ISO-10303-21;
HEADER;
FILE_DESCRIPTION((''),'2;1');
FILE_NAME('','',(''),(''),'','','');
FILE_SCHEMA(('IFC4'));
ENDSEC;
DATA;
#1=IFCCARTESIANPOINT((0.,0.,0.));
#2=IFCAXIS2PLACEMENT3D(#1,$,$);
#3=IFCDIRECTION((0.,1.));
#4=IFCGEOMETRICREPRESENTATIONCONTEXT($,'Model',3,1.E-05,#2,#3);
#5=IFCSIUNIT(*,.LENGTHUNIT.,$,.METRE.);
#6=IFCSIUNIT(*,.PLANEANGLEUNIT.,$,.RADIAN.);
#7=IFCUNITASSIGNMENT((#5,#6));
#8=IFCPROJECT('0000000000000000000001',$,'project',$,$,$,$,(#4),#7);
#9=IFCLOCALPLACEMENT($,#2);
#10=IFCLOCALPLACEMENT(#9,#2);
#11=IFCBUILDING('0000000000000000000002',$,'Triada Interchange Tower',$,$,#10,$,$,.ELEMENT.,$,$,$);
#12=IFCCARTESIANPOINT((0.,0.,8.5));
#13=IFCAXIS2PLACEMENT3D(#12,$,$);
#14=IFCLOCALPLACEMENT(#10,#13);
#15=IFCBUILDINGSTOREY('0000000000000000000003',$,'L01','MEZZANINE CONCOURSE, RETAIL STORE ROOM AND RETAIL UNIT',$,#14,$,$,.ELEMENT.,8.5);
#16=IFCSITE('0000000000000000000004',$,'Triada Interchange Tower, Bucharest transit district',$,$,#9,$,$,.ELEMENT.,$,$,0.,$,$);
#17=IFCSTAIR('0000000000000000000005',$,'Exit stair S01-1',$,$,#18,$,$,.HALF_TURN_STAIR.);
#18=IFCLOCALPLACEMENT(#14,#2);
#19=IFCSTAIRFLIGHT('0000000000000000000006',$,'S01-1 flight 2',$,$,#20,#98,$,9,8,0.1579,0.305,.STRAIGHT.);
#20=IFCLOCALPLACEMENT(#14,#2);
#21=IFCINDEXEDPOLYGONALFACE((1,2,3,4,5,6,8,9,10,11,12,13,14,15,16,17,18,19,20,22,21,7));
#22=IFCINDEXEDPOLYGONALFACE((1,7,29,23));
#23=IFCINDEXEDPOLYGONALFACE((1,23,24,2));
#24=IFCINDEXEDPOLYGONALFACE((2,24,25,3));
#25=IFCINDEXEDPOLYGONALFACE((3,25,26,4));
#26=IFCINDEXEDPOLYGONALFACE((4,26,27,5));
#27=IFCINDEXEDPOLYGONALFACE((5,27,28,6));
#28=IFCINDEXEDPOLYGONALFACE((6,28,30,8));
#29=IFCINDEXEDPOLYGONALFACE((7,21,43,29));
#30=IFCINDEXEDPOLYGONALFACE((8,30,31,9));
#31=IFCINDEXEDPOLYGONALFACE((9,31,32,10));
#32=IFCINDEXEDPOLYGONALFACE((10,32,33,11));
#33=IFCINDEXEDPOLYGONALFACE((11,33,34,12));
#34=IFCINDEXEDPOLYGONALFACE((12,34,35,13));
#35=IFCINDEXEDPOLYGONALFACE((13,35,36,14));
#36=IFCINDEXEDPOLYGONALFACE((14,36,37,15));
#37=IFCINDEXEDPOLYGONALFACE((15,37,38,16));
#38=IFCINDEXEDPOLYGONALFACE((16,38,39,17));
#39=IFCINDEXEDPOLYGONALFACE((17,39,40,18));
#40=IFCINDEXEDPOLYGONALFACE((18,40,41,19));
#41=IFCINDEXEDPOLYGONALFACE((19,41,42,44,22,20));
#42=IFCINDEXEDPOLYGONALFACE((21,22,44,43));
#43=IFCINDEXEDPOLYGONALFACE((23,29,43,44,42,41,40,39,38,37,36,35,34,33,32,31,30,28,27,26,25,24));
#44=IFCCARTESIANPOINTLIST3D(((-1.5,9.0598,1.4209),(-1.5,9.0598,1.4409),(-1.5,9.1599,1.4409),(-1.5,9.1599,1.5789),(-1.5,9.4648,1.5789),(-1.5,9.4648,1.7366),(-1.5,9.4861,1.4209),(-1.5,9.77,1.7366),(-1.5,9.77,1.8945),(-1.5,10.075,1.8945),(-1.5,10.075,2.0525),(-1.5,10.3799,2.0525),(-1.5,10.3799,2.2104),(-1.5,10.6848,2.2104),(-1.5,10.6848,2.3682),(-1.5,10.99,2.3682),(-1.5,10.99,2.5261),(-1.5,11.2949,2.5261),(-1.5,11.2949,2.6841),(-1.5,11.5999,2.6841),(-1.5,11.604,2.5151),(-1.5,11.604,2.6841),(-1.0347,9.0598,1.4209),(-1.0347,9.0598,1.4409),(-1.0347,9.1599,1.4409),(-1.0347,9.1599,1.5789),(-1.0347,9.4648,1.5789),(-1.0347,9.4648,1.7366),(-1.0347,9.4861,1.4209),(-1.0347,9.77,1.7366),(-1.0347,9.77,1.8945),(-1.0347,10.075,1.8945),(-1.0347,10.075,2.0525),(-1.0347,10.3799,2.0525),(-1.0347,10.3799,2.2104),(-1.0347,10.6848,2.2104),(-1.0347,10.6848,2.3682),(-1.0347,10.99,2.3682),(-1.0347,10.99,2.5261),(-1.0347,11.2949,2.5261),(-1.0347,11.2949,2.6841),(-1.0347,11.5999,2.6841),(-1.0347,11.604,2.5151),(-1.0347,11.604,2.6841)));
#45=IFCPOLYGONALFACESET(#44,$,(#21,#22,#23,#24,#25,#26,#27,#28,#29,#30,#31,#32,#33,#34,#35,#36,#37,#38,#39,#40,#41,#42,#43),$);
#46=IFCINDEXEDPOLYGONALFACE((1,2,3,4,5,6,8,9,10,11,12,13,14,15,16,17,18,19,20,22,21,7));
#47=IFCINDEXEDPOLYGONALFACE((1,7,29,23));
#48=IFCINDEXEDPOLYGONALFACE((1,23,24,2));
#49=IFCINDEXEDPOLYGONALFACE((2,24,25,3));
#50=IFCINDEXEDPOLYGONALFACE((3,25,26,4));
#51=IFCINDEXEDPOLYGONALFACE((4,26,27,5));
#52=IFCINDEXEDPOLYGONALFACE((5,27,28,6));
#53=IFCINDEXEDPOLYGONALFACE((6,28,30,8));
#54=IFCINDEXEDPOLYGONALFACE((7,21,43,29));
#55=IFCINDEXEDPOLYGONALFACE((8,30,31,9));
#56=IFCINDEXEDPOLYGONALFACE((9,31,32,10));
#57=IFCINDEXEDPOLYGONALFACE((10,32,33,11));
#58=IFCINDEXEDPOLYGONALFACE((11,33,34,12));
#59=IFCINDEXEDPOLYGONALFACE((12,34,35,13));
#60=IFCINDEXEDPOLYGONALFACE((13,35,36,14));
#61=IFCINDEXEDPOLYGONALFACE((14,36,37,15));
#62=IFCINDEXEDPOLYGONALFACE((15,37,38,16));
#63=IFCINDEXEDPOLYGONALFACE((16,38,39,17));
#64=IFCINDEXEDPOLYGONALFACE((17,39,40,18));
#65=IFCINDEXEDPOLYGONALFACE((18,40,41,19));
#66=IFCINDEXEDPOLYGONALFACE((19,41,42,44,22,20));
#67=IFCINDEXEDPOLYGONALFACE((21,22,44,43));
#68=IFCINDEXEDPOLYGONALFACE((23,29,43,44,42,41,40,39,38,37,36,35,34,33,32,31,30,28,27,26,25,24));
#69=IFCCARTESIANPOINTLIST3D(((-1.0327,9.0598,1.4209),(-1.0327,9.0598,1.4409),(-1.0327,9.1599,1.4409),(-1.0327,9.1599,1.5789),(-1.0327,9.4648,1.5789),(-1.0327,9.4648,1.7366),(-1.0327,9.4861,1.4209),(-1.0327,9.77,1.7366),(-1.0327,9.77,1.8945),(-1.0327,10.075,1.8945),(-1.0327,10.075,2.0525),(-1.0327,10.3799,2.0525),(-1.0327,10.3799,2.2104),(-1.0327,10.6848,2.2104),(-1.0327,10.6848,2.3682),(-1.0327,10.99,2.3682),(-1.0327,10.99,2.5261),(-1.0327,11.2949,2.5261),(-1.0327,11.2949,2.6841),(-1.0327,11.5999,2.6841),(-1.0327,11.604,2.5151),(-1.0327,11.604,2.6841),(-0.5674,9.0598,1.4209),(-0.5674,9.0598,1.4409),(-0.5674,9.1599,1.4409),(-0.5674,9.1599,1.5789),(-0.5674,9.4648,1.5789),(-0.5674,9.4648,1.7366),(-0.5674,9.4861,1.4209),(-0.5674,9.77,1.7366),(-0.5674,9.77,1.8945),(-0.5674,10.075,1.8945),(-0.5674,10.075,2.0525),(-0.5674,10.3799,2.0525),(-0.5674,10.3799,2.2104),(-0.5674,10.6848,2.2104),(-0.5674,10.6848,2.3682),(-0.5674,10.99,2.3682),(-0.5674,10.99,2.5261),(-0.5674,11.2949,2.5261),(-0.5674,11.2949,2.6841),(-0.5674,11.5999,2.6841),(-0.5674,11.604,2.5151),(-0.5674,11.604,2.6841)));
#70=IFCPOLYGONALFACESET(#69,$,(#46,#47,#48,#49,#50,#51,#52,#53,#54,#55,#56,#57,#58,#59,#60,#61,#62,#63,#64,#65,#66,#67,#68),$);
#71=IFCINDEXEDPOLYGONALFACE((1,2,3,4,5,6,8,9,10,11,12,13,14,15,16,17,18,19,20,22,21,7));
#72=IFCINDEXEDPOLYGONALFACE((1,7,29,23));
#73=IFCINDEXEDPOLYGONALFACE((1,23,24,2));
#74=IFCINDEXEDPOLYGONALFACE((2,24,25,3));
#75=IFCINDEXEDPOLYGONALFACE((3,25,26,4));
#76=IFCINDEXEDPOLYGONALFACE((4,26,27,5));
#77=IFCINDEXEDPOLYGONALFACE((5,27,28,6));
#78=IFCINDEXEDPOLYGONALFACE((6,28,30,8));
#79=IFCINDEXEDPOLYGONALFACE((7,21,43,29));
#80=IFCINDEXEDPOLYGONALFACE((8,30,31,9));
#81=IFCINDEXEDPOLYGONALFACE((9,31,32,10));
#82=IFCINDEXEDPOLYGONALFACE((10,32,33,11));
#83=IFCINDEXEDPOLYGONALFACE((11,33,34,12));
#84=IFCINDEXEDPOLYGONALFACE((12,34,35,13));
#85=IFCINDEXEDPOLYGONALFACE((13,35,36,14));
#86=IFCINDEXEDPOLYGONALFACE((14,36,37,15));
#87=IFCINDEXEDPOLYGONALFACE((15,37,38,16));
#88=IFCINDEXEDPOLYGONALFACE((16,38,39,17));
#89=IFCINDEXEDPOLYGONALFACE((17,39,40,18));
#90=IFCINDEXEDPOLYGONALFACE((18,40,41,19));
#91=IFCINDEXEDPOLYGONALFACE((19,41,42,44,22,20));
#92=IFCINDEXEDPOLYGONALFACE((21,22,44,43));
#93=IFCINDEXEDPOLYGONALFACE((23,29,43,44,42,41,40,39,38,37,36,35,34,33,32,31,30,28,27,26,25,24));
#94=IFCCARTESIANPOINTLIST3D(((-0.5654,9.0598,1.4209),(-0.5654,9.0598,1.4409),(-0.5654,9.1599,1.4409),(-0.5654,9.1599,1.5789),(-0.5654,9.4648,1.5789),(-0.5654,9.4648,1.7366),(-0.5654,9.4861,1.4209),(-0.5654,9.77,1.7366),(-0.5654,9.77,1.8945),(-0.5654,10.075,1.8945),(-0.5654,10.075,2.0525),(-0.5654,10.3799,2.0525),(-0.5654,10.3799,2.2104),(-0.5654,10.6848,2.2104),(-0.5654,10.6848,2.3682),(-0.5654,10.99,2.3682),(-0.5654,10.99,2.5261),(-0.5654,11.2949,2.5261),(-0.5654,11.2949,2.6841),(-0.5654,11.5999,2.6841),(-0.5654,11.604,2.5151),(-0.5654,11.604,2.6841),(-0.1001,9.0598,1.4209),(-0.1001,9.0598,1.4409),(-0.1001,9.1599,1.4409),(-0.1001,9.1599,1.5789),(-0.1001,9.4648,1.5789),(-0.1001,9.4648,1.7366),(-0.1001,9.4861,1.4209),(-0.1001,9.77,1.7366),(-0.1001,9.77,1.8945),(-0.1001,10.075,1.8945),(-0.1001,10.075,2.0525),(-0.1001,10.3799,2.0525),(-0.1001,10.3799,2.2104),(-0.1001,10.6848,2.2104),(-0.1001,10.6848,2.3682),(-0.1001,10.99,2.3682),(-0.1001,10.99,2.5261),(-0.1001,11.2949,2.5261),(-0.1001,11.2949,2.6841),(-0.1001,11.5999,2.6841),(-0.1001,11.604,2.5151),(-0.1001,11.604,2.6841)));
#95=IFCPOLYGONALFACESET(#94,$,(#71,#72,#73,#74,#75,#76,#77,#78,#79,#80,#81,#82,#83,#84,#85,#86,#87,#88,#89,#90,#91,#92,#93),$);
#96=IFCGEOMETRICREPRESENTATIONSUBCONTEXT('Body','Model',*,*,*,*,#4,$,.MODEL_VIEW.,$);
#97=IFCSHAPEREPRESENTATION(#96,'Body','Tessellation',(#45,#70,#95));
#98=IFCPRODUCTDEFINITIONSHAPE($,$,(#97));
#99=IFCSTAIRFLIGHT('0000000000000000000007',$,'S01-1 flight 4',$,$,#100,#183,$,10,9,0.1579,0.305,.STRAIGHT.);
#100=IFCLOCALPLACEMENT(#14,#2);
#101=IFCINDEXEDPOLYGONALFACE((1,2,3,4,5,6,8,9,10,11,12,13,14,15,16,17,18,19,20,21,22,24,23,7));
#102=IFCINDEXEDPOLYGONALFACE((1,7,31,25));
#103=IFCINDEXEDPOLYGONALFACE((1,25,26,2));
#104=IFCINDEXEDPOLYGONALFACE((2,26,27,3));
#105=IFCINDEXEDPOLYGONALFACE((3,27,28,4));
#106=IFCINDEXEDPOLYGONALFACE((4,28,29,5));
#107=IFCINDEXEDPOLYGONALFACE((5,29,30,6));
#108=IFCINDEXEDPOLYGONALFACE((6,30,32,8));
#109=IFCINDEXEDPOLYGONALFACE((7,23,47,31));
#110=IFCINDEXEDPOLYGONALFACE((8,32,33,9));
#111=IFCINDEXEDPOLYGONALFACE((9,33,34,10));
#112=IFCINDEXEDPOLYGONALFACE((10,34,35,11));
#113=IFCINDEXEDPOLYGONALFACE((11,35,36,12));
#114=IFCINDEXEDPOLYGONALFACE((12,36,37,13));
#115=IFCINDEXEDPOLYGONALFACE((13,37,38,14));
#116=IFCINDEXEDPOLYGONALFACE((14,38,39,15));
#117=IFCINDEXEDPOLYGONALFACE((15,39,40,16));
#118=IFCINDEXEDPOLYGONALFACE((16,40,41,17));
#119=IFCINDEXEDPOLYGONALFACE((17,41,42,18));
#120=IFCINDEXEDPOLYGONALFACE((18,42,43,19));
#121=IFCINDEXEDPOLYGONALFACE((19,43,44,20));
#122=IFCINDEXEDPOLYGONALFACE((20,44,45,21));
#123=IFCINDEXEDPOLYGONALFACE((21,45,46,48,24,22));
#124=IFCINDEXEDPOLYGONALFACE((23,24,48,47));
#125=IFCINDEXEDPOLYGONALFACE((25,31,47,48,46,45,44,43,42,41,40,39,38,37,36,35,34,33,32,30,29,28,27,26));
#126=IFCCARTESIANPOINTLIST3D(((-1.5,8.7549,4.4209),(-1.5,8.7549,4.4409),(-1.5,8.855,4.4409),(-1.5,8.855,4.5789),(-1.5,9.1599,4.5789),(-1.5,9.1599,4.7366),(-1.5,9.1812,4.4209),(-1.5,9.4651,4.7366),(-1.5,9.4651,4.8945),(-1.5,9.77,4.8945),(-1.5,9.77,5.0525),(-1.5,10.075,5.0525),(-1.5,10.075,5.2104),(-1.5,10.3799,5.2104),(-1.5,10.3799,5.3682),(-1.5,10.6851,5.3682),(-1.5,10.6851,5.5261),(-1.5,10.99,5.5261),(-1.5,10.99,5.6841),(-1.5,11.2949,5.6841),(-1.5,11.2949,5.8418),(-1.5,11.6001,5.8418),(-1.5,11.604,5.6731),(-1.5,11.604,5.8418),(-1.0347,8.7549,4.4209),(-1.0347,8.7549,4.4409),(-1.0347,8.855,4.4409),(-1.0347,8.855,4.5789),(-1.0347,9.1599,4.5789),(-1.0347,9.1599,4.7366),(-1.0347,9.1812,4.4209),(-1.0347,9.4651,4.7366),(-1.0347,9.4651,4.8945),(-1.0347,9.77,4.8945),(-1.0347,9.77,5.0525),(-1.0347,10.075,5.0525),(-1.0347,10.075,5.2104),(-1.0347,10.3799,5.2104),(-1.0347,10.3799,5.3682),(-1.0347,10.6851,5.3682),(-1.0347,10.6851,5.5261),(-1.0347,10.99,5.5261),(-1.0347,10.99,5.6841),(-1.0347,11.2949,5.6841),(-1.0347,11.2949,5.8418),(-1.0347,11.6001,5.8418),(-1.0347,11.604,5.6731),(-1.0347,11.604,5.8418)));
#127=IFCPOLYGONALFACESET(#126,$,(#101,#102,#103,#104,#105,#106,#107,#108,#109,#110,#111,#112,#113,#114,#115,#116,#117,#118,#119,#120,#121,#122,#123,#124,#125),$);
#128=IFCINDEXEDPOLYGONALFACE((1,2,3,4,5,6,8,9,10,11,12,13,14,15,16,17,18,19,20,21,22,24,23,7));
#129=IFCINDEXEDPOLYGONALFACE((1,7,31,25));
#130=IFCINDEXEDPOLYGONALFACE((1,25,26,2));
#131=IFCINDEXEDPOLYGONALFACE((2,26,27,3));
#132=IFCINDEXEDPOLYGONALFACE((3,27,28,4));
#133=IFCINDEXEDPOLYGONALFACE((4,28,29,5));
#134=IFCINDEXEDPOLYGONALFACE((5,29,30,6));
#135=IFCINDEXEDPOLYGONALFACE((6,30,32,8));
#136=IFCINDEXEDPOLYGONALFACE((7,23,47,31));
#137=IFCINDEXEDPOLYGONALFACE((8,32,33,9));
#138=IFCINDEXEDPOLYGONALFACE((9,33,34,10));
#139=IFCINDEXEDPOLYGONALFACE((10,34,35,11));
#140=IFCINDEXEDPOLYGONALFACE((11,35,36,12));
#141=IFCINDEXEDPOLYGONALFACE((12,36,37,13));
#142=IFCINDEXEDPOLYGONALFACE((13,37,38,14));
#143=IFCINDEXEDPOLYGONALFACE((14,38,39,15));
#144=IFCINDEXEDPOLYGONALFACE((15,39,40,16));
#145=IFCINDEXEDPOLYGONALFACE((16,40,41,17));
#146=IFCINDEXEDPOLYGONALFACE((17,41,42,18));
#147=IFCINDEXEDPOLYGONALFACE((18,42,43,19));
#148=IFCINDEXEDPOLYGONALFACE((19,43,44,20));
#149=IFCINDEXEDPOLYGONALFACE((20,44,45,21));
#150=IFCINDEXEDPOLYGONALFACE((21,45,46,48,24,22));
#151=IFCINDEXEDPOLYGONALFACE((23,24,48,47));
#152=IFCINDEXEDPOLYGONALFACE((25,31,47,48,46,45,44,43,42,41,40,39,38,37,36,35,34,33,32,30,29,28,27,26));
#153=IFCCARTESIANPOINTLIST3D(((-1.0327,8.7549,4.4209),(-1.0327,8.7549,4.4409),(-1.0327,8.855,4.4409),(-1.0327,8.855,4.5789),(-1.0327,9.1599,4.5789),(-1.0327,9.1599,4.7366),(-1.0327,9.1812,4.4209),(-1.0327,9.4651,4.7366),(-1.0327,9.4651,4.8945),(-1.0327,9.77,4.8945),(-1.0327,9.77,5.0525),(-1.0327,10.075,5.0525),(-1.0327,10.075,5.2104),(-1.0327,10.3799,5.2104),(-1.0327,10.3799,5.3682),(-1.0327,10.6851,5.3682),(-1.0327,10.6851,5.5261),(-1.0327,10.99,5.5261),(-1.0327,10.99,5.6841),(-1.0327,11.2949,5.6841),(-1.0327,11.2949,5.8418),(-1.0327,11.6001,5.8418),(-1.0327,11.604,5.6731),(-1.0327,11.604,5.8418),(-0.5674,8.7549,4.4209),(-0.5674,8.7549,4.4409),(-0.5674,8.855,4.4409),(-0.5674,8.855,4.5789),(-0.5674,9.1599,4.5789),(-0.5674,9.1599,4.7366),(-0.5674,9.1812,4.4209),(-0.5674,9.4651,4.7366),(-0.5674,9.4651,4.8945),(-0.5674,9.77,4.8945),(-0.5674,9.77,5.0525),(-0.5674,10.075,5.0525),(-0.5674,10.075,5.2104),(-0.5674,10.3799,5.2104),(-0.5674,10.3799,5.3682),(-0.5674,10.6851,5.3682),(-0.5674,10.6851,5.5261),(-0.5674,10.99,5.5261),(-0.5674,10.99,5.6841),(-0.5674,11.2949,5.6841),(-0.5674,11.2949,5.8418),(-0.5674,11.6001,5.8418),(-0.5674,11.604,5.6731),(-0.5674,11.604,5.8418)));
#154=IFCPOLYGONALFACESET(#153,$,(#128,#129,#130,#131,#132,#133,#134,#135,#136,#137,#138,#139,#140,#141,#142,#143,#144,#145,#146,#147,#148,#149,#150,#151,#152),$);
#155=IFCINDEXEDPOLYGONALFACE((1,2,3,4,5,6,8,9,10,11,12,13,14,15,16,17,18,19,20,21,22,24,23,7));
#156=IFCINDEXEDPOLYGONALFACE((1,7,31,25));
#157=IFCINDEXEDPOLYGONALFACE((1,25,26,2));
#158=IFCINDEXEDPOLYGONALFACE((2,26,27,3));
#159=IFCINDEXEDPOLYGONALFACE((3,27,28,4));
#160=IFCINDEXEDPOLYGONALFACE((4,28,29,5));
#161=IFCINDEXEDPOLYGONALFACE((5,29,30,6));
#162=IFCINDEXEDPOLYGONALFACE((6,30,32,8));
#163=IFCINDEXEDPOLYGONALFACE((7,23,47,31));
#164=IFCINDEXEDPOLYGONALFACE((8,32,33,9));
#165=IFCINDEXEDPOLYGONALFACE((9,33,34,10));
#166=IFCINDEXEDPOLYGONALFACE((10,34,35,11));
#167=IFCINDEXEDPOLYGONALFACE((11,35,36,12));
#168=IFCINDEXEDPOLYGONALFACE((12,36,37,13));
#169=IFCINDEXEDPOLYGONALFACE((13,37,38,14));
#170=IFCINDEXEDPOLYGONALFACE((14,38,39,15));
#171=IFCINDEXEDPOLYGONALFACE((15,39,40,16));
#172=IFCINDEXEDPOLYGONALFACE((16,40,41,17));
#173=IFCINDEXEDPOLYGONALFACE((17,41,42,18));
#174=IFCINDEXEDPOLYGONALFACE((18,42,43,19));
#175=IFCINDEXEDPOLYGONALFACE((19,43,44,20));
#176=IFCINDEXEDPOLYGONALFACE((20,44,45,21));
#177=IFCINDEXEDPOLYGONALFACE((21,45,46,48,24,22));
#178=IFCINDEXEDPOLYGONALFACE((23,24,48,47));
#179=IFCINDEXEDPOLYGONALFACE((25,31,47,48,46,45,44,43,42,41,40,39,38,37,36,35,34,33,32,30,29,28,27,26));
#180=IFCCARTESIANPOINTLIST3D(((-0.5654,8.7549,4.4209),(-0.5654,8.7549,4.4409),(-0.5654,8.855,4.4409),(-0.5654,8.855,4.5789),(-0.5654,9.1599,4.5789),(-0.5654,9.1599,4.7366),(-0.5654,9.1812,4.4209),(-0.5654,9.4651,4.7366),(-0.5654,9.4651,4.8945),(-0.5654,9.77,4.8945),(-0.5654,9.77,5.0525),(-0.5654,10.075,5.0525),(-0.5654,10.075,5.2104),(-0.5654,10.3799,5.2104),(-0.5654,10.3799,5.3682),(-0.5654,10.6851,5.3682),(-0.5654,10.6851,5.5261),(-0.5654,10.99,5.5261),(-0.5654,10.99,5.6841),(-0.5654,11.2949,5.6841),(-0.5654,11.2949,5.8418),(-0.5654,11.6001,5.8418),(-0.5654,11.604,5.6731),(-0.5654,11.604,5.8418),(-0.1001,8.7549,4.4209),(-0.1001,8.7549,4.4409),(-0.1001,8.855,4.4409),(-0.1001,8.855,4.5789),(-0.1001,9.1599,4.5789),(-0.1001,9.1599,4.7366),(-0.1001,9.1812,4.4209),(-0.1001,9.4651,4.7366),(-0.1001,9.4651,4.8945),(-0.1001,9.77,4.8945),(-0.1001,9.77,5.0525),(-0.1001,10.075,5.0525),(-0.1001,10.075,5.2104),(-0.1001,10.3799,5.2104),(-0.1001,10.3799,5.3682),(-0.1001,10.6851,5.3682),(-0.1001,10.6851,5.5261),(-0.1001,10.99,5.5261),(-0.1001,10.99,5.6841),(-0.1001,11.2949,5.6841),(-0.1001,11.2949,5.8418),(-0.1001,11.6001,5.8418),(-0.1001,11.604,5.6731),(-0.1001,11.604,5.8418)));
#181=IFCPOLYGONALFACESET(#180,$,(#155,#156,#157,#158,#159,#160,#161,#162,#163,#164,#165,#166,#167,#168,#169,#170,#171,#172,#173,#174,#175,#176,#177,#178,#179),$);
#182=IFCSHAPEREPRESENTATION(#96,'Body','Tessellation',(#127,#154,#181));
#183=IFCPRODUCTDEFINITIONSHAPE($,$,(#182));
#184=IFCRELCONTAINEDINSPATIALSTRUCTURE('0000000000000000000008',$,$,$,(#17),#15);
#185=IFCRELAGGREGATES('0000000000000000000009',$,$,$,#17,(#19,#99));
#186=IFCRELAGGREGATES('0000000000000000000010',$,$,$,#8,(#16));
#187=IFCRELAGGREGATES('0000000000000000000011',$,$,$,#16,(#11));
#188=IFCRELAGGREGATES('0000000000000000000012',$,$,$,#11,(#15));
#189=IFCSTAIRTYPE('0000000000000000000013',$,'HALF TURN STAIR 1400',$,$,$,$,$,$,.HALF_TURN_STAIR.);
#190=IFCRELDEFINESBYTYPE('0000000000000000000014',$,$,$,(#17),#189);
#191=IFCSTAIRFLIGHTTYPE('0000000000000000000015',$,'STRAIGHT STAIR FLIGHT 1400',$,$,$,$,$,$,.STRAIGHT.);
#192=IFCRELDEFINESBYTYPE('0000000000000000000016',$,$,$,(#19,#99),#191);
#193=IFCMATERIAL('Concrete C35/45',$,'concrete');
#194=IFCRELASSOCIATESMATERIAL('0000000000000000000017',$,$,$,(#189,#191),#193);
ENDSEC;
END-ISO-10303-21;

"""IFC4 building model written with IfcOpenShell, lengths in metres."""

from ifc_helpers import new_model, si_unit, direction, frame, origin, place, context, subcontext, project, spatial, polyline, outline, extrude, material, type_object, element, aggregate, save


model = new_model("IFC4")

# Units and contexts
model_context = context("Model", 3, precision=1e-05, world=origin(), true_north=direction((0.0, 1.0)))
body_context = subcontext(model_context, "Body", "Model", "MODEL_VIEW")
ifc_project = project(units=[si_unit("LENGTHUNIT", "METRE"), si_unit("PLANEANGLEUNIT", "RADIAN")], contexts=[model_context])

# Site, building, storey
site_placement = place(None, origin())
site = spatial("IfcSite", under=ifc_project, at=site_placement, Name="Triada Interchange Tower, Bucharest transit district", CompositionType="ELEMENT", RefElevation=0.0)
building_placement = place(site_placement, origin())
building = spatial("IfcBuilding", under=site, at=building_placement, Name="Triada Interchange Tower", CompositionType="ELEMENT")
storey_placement = place(building_placement, frame((0.0, 0.0, 8.5)))
storey = spatial("IfcBuildingStorey", under=building, at=storey_placement, Name="L01", Description="MEZZANINE CONCOURSE, RETAIL STORE ROOM AND RETAIL UNIT", CompositionType="ELEMENT", Elevation=8.5)

# Stair, stair flights
ifc_material_1 = material(Name="Concrete C35/45", Category="concrete")
stair_type = type_object("IfcStairType", Name="HALF TURN STAIR 1400", PredefinedType="HALF_TURN_STAIR", material=ifc_material_1)
stair_placement = place(storey_placement, origin())
stair = element("IfcStair", 1, at=stair_placement, inside=storey, type_object=stair_type, Name="Exit stair S01-1", PredefinedType="HALF_TURN_STAIR")
stair_flight_type = type_object("IfcStairFlightType", Name="STRAIGHT STAIR FLIGHT 1400", PredefinedType="STRAIGHT", material=ifc_material_1)
stair_flight_1_placement = place(storey_placement, frame((-0.8, 9.1599, 1.4209), z_axis=(0.0, 0.0, 1.0), x_axis=(0.0, 1.0, 0.0)))
stair_flight_1 = element("IfcStairFlight", 2, at=stair_flight_1_placement, type_object=stair_flight_type, Name="S01-1 flight 2", NumberOfRisers=9, NumberOfTreads=8, PredefinedType="STRAIGHT", RiserHeight=0.1579, TreadLength=0.305, context=body_context, shape_type="SweptSolid", body=[
    extrude(outline(polyline([(-0.1001, 0.0), (-0.1001, 0.02), (0.0, 0.02), (0.0, 0.158), (0.3049, 0.158), (0.3049, 0.3157), (0.6101, 0.3157), (0.6101, 0.4736), (0.915, 0.4736), (0.915, 0.6316), (1.22, 0.6316), (1.22, 0.7896), (1.5249, 0.7896), (1.5249, 0.9473), (1.8301, 0.9473), (1.8301, 1.1052), (2.135, 1.1052), (2.135, 1.2632), (2.4399, 1.2632), (2.4441, 1.2632), (2.4441, 1.4209), (2.4441, 1.0942), (0.3262, 0.0), (-0.1001, 0.0)])), frame((0.0, 0.7, 0.0), z_axis=(0.0, -1.0, 0.0), x_axis=(1.0, 0.0, 0.0)), (0.0, 0.0, 1.0), 0.4653),
    extrude(outline(polyline([(-0.1001, 0.0), (-0.1001, 0.02), (0.0, 0.02), (0.0, 0.158), (0.3049, 0.158), (0.3049, 0.3157), (0.6101, 0.3157), (0.6101, 0.4736), (0.915, 0.4736), (0.915, 0.6316), (1.22, 0.6316), (1.22, 0.7896), (1.5249, 0.7896), (1.5249, 0.9473), (1.8301, 0.9473), (1.8301, 1.1052), (2.135, 1.1052), (2.135, 1.2632), (2.4399, 1.2632), (2.4441, 1.2632), (2.4441, 1.4209), (2.4441, 1.0942), (0.3262, 0.0), (-0.1001, 0.0)])), frame((0.0, 0.2327, 0.0), z_axis=(0.0, -1.0, 0.0), x_axis=(1.0, 0.0, 0.0)), (0.0, 0.0, 1.0), 0.4653),
    extrude(outline(polyline([(-0.1001, 0.0), (-0.1001, 0.02), (0.0, 0.02), (0.0, 0.158), (0.3049, 0.158), (0.3049, 0.3157), (0.6101, 0.3157), (0.6101, 0.4736), (0.915, 0.4736), (0.915, 0.6316), (1.22, 0.6316), (1.22, 0.7896), (1.5249, 0.7896), (1.5249, 0.9473), (1.8301, 0.9473), (1.8301, 1.1052), (2.135, 1.1052), (2.135, 1.2632), (2.4399, 1.2632), (2.4441, 1.2632), (2.4441, 1.4209), (2.4441, 1.0942), (0.3262, 0.0), (-0.1001, 0.0)])), frame((0.0, -0.2346, 0.0), z_axis=(0.0, -1.0, 0.0), x_axis=(1.0, 0.0, 0.0)), (0.0, 0.0, 1.0), 0.4653),
])
stair_flight_2_placement = place(storey_placement, frame((-0.8, 8.855, 4.4209), z_axis=(0.0, 0.0, 1.0), x_axis=(0.0, 1.0, 0.0)))
stair_flight_2 = element("IfcStairFlight", 3, at=stair_flight_2_placement, type_object=stair_flight_type, Name="S01-1 flight 4", NumberOfRisers=10, NumberOfTreads=9, PredefinedType="STRAIGHT", RiserHeight=0.1579, TreadLength=0.305, context=body_context, shape_type="SweptSolid", body=[
    extrude(outline(polyline([(-0.1001, 0.0), (-0.1001, 0.02), (0.0, 0.02), (0.0, 0.158), (0.3049, 0.158), (0.3049, 0.3157), (0.6101, 0.3157), (0.6101, 0.4736), (0.915, 0.4736), (0.915, 0.6316), (1.22, 0.6316), (1.22, 0.7896), (1.5249, 0.7896), (1.5249, 0.9473), (1.8301, 0.9473), (1.8301, 1.1052), (2.135, 1.1052), (2.135, 1.2632), (2.4399, 1.2632), (2.4399, 1.4209), (2.7451, 1.4209), (2.749, 1.4209), (2.749, 1.5789), (2.749, 1.2522), (0.3262, 0.0), (-0.1001, 0.0)])), frame((0.0, 0.7, 0.0), z_axis=(0.0, -1.0, 0.0), x_axis=(1.0, 0.0, 0.0)), (0.0, 0.0, 1.0), 0.4653),
    extrude(outline(polyline([(-0.1001, 0.0), (-0.1001, 0.02), (0.0, 0.02), (0.0, 0.158), (0.3049, 0.158), (0.3049, 0.3157), (0.6101, 0.3157), (0.6101, 0.4736), (0.915, 0.4736), (0.915, 0.6316), (1.22, 0.6316), (1.22, 0.7896), (1.5249, 0.7896), (1.5249, 0.9473), (1.8301, 0.9473), (1.8301, 1.1052), (2.135, 1.1052), (2.135, 1.2632), (2.4399, 1.2632), (2.4399, 1.4209), (2.7451, 1.4209), (2.749, 1.4209), (2.749, 1.5789), (2.749, 1.2522), (0.3262, 0.0), (-0.1001, 0.0)])), frame((0.0, 0.2327, 0.0), z_axis=(0.0, -1.0, 0.0), x_axis=(1.0, 0.0, 0.0)), (0.0, 0.0, 1.0), 0.4653),
    extrude(outline(polyline([(-0.1001, 0.0), (-0.1001, 0.02), (0.0, 0.02), (0.0, 0.158), (0.3049, 0.158), (0.3049, 0.3157), (0.6101, 0.3157), (0.6101, 0.4736), (0.915, 0.4736), (0.915, 0.6316), (1.22, 0.6316), (1.22, 0.7896), (1.5249, 0.7896), (1.5249, 0.9473), (1.8301, 0.9473), (1.8301, 1.1052), (2.135, 1.1052), (2.135, 1.2632), (2.4399, 1.2632), (2.4399, 1.4209), (2.7451, 1.4209), (2.749, 1.4209), (2.749, 1.5789), (2.749, 1.2522), (0.3262, 0.0), (-0.1001, 0.0)])), frame((0.0, -0.2346, 0.0), z_axis=(0.0, -1.0, 0.0), x_axis=(1.0, 0.0, 0.0)), (0.0, 0.0, 1.0), 0.4653),
])
aggregate(stair, [stair_flight_1, stair_flight_2])

save(model, "model.ifc")
